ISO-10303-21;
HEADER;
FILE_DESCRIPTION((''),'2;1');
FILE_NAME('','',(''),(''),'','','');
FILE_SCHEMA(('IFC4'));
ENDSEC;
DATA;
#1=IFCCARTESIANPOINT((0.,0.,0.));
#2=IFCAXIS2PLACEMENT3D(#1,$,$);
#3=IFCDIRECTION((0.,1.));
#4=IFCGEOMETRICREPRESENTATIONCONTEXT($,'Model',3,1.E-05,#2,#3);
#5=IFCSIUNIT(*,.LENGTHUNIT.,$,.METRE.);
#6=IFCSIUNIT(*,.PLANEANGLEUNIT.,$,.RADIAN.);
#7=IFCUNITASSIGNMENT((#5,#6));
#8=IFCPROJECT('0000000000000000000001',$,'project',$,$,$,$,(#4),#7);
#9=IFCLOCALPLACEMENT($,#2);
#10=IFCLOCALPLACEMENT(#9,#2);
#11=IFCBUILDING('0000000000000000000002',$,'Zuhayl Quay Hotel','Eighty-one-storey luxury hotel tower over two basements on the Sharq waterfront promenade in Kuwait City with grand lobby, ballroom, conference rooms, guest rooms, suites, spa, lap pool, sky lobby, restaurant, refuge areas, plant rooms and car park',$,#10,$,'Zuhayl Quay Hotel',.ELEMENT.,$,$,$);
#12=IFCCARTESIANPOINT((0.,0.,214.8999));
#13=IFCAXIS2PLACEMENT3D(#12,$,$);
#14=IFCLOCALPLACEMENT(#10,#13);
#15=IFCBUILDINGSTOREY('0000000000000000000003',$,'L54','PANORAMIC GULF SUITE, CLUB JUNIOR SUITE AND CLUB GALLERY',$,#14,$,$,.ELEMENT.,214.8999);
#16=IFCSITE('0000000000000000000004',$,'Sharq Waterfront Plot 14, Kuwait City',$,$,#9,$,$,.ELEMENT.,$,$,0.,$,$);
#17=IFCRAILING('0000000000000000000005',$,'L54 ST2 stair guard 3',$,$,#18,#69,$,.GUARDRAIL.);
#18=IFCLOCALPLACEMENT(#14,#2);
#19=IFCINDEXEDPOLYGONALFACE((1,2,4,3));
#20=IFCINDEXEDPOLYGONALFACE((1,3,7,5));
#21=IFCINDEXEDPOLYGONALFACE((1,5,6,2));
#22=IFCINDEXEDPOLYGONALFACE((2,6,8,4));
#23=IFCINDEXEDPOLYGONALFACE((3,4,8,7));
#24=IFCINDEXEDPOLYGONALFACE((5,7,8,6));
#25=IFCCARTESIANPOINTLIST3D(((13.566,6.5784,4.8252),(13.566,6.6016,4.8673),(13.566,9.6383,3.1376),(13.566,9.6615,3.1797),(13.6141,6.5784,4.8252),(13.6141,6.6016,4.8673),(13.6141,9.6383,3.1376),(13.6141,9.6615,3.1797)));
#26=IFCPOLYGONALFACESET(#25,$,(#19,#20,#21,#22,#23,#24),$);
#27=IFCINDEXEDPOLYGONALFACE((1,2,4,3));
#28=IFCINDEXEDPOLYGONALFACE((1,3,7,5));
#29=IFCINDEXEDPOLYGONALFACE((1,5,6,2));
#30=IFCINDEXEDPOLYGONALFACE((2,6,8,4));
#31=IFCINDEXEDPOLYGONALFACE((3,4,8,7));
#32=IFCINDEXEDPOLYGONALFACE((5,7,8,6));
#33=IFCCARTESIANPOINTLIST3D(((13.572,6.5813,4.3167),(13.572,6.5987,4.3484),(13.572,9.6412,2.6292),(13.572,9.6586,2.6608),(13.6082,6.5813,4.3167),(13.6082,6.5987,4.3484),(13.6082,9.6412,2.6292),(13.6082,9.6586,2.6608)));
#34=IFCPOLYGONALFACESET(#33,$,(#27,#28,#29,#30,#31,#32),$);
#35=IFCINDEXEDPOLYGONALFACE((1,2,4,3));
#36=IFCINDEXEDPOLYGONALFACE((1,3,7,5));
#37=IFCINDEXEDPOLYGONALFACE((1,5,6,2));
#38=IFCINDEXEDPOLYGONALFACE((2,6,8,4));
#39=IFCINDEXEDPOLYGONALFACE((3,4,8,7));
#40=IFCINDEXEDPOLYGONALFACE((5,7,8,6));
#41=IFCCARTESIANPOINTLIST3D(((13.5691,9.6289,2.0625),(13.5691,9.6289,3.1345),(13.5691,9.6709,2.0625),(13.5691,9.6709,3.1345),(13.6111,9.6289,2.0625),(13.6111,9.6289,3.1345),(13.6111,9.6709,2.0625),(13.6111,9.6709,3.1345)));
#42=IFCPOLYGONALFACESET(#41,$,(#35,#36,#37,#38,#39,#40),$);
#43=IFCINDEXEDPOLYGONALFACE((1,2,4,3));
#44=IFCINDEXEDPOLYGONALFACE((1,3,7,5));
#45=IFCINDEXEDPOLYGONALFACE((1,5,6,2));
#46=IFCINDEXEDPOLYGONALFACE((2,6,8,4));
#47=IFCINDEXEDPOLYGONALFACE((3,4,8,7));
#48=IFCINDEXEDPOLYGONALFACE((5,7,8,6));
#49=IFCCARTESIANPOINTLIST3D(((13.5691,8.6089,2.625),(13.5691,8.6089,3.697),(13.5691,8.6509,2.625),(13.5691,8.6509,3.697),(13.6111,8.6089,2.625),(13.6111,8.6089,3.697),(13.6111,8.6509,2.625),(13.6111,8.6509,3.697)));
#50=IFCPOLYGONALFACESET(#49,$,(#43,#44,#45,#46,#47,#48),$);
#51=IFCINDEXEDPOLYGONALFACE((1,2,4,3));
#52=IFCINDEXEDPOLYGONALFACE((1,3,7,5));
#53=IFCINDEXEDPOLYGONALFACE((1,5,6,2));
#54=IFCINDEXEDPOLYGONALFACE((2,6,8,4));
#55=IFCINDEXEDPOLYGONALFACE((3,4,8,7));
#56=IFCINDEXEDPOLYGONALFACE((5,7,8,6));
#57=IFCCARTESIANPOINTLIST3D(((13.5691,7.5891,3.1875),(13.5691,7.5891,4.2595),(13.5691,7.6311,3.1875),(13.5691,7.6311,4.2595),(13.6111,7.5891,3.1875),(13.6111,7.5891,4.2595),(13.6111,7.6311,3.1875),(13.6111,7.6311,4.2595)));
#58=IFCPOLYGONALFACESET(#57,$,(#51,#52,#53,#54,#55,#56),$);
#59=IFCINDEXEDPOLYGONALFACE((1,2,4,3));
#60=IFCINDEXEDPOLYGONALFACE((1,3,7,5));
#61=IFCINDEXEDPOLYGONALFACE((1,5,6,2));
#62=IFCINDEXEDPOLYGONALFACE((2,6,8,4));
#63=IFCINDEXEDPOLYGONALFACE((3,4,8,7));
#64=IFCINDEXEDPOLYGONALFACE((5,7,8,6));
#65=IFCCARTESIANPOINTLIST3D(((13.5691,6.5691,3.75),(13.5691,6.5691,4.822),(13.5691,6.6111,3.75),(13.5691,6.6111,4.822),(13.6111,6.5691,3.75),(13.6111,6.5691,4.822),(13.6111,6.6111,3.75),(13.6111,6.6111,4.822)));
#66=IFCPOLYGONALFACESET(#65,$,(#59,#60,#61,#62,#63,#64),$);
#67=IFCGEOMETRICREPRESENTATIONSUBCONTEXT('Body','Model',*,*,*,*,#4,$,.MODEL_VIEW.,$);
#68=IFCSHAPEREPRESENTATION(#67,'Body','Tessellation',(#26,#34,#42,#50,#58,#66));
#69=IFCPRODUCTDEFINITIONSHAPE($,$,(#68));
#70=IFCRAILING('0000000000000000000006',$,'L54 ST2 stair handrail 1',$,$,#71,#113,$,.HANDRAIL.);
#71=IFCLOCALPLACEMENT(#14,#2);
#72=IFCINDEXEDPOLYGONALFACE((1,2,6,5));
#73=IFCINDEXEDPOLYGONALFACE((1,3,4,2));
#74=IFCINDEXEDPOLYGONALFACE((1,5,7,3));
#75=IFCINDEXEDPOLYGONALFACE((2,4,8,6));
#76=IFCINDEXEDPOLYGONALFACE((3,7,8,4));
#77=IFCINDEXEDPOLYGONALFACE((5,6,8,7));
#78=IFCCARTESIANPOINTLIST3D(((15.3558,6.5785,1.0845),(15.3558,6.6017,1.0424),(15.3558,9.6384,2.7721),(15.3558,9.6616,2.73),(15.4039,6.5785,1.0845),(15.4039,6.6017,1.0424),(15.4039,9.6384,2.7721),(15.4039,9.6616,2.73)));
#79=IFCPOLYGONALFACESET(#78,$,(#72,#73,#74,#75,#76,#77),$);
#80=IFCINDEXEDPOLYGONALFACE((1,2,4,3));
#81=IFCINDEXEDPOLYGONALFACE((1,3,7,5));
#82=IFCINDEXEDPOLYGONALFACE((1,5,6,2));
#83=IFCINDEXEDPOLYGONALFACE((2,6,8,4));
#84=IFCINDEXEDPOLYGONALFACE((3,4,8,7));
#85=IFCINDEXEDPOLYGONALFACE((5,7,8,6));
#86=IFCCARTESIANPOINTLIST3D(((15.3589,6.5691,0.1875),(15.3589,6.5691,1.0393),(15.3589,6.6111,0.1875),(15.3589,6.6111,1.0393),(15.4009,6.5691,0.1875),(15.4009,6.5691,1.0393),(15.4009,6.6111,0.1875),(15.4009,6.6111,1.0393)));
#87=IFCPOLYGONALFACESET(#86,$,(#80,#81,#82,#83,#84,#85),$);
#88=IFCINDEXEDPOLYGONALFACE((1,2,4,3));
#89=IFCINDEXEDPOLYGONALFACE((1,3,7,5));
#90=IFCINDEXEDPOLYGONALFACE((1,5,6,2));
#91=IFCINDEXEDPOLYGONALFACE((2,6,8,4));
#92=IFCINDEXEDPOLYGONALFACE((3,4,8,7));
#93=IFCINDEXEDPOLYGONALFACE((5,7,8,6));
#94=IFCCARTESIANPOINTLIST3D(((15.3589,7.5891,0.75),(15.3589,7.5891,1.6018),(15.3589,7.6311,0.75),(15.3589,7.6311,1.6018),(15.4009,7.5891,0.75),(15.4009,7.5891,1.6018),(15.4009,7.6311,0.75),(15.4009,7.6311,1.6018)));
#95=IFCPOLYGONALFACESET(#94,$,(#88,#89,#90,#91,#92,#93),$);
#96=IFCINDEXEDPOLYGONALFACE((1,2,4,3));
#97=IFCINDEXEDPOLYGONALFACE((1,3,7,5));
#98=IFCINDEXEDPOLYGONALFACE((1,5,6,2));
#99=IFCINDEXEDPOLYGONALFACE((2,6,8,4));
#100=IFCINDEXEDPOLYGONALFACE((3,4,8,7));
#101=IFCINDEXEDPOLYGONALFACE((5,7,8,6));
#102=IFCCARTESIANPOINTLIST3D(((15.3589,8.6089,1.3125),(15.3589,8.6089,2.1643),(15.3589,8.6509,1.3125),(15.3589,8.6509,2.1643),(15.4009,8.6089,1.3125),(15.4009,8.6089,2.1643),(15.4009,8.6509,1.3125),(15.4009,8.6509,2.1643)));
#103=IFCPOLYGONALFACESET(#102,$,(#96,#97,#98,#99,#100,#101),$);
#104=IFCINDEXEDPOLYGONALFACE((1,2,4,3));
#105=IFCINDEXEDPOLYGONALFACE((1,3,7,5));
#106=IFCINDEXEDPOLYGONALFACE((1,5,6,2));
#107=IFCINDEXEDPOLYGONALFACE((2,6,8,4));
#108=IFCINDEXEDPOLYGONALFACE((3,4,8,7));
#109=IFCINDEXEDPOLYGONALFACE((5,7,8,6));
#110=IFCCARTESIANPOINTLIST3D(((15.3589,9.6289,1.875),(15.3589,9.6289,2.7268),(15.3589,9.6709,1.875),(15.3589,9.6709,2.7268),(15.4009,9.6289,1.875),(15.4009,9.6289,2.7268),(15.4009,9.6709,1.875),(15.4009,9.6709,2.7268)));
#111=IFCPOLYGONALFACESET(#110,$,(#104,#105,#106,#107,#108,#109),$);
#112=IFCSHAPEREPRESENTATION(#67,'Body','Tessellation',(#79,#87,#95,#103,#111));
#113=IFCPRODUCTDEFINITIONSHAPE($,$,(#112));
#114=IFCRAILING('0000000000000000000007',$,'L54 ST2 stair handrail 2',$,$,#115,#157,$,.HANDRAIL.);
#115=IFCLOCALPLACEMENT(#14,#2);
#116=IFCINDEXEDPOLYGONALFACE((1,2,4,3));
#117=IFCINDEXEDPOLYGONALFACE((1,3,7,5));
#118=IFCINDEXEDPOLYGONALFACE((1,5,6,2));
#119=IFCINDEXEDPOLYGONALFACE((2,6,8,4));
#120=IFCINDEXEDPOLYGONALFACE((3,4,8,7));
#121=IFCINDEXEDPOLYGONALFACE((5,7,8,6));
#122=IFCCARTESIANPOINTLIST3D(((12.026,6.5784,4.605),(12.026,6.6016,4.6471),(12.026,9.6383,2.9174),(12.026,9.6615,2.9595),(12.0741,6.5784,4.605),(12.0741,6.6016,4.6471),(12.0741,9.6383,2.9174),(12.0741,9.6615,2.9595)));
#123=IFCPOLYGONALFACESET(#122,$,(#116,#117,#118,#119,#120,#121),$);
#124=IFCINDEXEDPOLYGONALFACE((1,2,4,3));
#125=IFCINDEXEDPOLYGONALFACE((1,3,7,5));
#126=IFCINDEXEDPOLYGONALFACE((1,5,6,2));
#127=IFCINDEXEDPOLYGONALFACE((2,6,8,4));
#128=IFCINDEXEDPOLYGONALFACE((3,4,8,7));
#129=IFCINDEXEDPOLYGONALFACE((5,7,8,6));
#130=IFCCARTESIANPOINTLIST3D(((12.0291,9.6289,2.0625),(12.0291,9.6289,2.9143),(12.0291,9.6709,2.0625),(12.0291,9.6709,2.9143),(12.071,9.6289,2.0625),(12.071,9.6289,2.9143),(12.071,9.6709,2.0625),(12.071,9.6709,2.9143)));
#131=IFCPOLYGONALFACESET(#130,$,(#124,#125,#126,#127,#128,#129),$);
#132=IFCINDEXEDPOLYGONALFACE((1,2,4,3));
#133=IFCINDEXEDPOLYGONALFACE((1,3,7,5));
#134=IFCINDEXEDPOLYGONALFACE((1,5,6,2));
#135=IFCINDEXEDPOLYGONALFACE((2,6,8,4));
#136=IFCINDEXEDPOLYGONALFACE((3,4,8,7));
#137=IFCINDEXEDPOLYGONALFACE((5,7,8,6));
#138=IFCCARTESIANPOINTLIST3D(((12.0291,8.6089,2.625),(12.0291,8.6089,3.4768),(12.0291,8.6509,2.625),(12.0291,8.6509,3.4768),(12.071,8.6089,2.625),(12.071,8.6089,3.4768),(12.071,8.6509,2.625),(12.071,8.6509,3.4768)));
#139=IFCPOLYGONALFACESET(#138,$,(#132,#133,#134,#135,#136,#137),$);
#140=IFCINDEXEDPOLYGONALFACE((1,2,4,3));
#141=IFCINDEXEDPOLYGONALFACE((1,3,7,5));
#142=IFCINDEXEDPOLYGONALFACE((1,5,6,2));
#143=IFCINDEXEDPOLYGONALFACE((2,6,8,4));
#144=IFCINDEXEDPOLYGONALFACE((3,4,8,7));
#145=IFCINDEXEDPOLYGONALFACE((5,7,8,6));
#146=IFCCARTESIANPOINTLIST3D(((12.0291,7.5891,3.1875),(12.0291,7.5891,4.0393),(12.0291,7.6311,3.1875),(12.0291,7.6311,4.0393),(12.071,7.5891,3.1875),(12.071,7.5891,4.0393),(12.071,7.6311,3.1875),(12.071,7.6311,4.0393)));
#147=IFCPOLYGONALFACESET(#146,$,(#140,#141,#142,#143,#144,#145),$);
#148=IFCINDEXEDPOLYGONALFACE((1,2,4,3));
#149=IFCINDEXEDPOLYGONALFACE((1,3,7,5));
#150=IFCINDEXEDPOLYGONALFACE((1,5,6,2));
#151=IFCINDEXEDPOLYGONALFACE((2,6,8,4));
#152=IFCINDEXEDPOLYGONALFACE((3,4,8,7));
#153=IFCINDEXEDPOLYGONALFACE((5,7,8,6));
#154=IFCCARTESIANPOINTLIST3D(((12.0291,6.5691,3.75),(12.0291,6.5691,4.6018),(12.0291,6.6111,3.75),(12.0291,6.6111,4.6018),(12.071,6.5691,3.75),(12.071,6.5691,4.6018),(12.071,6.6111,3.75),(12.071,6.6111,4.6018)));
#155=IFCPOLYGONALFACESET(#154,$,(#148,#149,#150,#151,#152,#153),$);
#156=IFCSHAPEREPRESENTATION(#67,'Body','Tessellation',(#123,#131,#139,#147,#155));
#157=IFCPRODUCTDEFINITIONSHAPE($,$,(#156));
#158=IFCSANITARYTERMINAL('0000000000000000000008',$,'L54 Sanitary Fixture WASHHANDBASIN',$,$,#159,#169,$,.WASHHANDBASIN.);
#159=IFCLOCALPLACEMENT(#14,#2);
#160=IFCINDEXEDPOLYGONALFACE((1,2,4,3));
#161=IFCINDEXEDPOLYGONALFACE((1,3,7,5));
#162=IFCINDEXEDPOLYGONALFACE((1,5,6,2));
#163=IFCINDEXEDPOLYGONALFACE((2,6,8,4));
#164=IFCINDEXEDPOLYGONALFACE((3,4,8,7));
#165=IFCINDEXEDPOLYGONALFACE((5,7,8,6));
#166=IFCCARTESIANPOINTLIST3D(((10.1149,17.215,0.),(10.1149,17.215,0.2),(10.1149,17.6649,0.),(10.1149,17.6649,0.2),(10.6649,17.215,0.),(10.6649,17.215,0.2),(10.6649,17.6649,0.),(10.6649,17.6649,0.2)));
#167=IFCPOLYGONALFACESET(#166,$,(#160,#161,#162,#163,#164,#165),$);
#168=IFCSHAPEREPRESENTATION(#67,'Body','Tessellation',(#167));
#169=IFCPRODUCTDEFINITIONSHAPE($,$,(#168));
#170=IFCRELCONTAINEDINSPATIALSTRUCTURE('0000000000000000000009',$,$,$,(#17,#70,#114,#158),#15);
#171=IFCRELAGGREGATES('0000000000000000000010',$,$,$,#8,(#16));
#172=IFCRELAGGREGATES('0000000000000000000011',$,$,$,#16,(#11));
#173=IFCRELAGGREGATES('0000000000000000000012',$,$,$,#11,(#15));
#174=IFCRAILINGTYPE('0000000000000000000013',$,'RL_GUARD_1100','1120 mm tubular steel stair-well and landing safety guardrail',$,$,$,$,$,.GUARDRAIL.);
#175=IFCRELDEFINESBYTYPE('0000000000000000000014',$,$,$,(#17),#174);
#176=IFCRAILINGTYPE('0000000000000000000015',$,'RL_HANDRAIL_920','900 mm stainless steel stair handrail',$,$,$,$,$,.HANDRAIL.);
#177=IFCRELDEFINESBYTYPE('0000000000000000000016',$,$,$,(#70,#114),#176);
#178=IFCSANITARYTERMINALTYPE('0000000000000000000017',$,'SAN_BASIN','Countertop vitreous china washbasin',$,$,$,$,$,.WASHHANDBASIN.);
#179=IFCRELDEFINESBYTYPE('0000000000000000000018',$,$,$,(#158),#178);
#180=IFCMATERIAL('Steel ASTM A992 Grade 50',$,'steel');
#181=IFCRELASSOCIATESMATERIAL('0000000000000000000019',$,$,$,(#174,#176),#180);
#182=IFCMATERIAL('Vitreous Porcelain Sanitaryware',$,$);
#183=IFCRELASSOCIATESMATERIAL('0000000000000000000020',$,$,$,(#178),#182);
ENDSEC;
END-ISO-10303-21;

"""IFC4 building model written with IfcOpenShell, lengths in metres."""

from ifc_helpers import new_model, si_unit, direction, frame, origin, origin_2d, place, context, subcontext, project, spatial, rectangle, extrude, material, type_object, element, save


model = new_model("IFC4")

# Units and contexts
model_context = context("Model", 3, precision=1e-05, world=origin(), true_north=direction((0.0, 1.0)))
body_context = subcontext(model_context, "Body", "Model", "MODEL_VIEW")
ifc_project = project(units=[si_unit("LENGTHUNIT", "METRE"), si_unit("PLANEANGLEUNIT", "RADIAN")], contexts=[model_context])

# Site, building, storey
site_placement = place(None, origin())
site = spatial("IfcSite", under=ifc_project, at=site_placement, Name="Sharq Waterfront Plot 14, Kuwait City", CompositionType="ELEMENT", RefElevation=0.0)
building_placement = place(site_placement, origin())
building = spatial("IfcBuilding", under=site, at=building_placement, Name="Zuhayl Quay Hotel", Description="Eighty-one-storey luxury hotel tower over two basements on the Sharq waterfront promenade in Kuwait City with grand lobby, ballroom, conference rooms, guest rooms, suites, spa, lap pool, sky lobby, restaurant, refuge areas, plant rooms and car park", LongName="Zuhayl Quay Hotel", CompositionType="ELEMENT")
storey_placement = place(building_placement, frame((0.0, 0.0, 214.8999)))
storey = spatial("IfcBuildingStorey", under=building, at=storey_placement, Name="L54", Description="PANORAMIC GULF SUITE, CLUB JUNIOR SUITE AND CLUB GALLERY", CompositionType="ELEMENT", Elevation=214.8999)

# Shared definitions
ifc_material_1 = material(Name="Steel ASTM A992 Grade 50", Category="steel")

# Railings
railing_type_1 = type_object("IfcRailingType", Name="RL_GUARD_1100", Description="1120 mm tubular steel stair-well and landing safety guardrail", PredefinedType="GUARDRAIL", material=ifc_material_1)
railing_1_placement = place(storey_placement, frame((13.5901, 9.6499, 2.0625)))
element("IfcRailing", 1, at=railing_1_placement, inside=storey, type_object=railing_type_1, Name="L54 ST2 stair guard 3", PredefinedType="GUARDRAIL", context=body_context, shape_type="SweptSolid", body=[
    extrude(rectangle(XDim=0.0481, YDim=0.0481, at=origin_2d()), frame((0.0, 0.0, 1.0962), z_axis=(0.0, -0.875659, 0.48293), x_axis=(1.0, 0.0, 0.0)), (0.0, 0.0, 1.0), 3.4944),
    extrude(rectangle(XDim=0.0361, YDim=0.0361, at=origin_2d()), frame((0.0, 0.0, 0.5825), z_axis=(0.0, -0.875659, 0.48293), x_axis=(1.0, 0.0, 0.0)), (0.0, 0.0, 1.0), 3.4944),
    extrude(rectangle(XDim=0.042, YDim=0.042, at=origin_2d()), origin(), (0.0, 0.0, 1.0), 1.072),
    extrude(rectangle(XDim=0.042, YDim=0.042, at=origin_2d()), frame((0.0, -1.02, 0.5625)), (0.0, 0.0, 1.0), 1.072),
    extrude(rectangle(XDim=0.042, YDim=0.042, at=origin_2d()), frame((0.0, -2.0398, 1.125)), (0.0, 0.0, 1.0), 1.072),
    extrude(rectangle(XDim=0.042, YDim=0.042, at=origin_2d()), frame((0.0, -3.0598, 1.6875)), (0.0, 0.0, 1.0), 1.072),
])
railing_type_2 = type_object("IfcRailingType", Name="RL_HANDRAIL_920", Description="900 mm stainless steel stair handrail", PredefinedType="HANDRAIL", material=ifc_material_1)
railing_2_placement = place(storey_placement, frame((15.3799, 6.5901, 0.1875)))
element("IfcRailing", 2, at=railing_2_placement, inside=storey, type_object=railing_type_2, Name="L54 ST2 stair handrail 1", PredefinedType="HANDRAIL", context=body_context, shape_type="SweptSolid", body=[
    extrude(rectangle(XDim=0.0481, YDim=0.0481, at=origin_2d()), frame((0.0, 0.0, 0.876), z_axis=(0.0, 0.875659, 0.48293), x_axis=(-1.0, 0.0, 0.0)), (0.0, 0.0, 1.0), 3.4944),
    extrude(rectangle(XDim=0.042, YDim=0.042, at=origin_2d()), origin(), (0.0, 0.0, 1.0), 0.8518),
    extrude(rectangle(XDim=0.042, YDim=0.042, at=origin_2d()), frame((0.0, 1.02, 0.5625)), (0.0, 0.0, 1.0), 0.8518),
    extrude(rectangle(XDim=0.042, YDim=0.042, at=origin_2d()), frame((0.0, 2.0398, 1.125)), (0.0, 0.0, 1.0), 0.8518),
    extrude(rectangle(XDim=0.042, YDim=0.042, at=origin_2d()), frame((0.0, 3.0598, 1.6875)), (0.0, 0.0, 1.0), 0.8518),
])
railing_3_placement = place(storey_placement, frame((12.05, 9.6499, 2.0625)))
element("IfcRailing", 3, at=railing_3_placement, inside=storey, type_object=railing_type_2, Name="L54 ST2 stair handrail 2", PredefinedType="HANDRAIL", context=body_context, shape_type="SweptSolid", body=[
    extrude(rectangle(XDim=0.0481, YDim=0.0481, at=origin_2d()), frame((0.0, 0.0, 0.876), z_axis=(0.0, -0.875659, 0.48293), x_axis=(1.0, 0.0, 0.0)), (0.0, 0.0, 1.0), 3.4944),
    extrude(rectangle(XDim=0.042, YDim=0.042, at=origin_2d()), origin(), (0.0, 0.0, 1.0), 0.8518),
    extrude(rectangle(XDim=0.042, YDim=0.042, at=origin_2d()), frame((0.0, -1.02, 0.5625)), (0.0, 0.0, 1.0), 0.8518),
    extrude(rectangle(XDim=0.042, YDim=0.042, at=origin_2d()), frame((0.0, -2.0398, 1.125)), (0.0, 0.0, 1.0), 0.8518),
    extrude(rectangle(XDim=0.042, YDim=0.042, at=origin_2d()), frame((0.0, -3.0598, 1.6875)), (0.0, 0.0, 1.0), 0.8518),
])

# Sanitary terminal
ifc_material_2 = material(Name="Vitreous Porcelain Sanitaryware")
sanitary_terminal_type = type_object("IfcSanitaryTerminalType", Name="SAN_BASIN", Description="Countertop vitreous china washbasin", PredefinedType="WASHHANDBASIN", material=ifc_material_2)
sanitary_terminal_placement = place(storey_placement, frame((10.3899, 17.4399, 0.0), z_axis=(0.0, 0.0, 1.0), x_axis=(1.0, 0.0, 0.0)))
element("IfcSanitaryTerminal", 4, at=sanitary_terminal_placement, inside=storey, type_object=sanitary_terminal_type, Name="L54 Sanitary Fixture WASHHANDBASIN", PredefinedType="WASHHANDBASIN", context=body_context, shape_type="SweptSolid", body=[
    extrude(rectangle(XDim=0.55, YDim=0.45, at=origin_2d()), origin(), (0.0, 0.0, 1.0), 0.2),
])

save(model, "model.ifc")
